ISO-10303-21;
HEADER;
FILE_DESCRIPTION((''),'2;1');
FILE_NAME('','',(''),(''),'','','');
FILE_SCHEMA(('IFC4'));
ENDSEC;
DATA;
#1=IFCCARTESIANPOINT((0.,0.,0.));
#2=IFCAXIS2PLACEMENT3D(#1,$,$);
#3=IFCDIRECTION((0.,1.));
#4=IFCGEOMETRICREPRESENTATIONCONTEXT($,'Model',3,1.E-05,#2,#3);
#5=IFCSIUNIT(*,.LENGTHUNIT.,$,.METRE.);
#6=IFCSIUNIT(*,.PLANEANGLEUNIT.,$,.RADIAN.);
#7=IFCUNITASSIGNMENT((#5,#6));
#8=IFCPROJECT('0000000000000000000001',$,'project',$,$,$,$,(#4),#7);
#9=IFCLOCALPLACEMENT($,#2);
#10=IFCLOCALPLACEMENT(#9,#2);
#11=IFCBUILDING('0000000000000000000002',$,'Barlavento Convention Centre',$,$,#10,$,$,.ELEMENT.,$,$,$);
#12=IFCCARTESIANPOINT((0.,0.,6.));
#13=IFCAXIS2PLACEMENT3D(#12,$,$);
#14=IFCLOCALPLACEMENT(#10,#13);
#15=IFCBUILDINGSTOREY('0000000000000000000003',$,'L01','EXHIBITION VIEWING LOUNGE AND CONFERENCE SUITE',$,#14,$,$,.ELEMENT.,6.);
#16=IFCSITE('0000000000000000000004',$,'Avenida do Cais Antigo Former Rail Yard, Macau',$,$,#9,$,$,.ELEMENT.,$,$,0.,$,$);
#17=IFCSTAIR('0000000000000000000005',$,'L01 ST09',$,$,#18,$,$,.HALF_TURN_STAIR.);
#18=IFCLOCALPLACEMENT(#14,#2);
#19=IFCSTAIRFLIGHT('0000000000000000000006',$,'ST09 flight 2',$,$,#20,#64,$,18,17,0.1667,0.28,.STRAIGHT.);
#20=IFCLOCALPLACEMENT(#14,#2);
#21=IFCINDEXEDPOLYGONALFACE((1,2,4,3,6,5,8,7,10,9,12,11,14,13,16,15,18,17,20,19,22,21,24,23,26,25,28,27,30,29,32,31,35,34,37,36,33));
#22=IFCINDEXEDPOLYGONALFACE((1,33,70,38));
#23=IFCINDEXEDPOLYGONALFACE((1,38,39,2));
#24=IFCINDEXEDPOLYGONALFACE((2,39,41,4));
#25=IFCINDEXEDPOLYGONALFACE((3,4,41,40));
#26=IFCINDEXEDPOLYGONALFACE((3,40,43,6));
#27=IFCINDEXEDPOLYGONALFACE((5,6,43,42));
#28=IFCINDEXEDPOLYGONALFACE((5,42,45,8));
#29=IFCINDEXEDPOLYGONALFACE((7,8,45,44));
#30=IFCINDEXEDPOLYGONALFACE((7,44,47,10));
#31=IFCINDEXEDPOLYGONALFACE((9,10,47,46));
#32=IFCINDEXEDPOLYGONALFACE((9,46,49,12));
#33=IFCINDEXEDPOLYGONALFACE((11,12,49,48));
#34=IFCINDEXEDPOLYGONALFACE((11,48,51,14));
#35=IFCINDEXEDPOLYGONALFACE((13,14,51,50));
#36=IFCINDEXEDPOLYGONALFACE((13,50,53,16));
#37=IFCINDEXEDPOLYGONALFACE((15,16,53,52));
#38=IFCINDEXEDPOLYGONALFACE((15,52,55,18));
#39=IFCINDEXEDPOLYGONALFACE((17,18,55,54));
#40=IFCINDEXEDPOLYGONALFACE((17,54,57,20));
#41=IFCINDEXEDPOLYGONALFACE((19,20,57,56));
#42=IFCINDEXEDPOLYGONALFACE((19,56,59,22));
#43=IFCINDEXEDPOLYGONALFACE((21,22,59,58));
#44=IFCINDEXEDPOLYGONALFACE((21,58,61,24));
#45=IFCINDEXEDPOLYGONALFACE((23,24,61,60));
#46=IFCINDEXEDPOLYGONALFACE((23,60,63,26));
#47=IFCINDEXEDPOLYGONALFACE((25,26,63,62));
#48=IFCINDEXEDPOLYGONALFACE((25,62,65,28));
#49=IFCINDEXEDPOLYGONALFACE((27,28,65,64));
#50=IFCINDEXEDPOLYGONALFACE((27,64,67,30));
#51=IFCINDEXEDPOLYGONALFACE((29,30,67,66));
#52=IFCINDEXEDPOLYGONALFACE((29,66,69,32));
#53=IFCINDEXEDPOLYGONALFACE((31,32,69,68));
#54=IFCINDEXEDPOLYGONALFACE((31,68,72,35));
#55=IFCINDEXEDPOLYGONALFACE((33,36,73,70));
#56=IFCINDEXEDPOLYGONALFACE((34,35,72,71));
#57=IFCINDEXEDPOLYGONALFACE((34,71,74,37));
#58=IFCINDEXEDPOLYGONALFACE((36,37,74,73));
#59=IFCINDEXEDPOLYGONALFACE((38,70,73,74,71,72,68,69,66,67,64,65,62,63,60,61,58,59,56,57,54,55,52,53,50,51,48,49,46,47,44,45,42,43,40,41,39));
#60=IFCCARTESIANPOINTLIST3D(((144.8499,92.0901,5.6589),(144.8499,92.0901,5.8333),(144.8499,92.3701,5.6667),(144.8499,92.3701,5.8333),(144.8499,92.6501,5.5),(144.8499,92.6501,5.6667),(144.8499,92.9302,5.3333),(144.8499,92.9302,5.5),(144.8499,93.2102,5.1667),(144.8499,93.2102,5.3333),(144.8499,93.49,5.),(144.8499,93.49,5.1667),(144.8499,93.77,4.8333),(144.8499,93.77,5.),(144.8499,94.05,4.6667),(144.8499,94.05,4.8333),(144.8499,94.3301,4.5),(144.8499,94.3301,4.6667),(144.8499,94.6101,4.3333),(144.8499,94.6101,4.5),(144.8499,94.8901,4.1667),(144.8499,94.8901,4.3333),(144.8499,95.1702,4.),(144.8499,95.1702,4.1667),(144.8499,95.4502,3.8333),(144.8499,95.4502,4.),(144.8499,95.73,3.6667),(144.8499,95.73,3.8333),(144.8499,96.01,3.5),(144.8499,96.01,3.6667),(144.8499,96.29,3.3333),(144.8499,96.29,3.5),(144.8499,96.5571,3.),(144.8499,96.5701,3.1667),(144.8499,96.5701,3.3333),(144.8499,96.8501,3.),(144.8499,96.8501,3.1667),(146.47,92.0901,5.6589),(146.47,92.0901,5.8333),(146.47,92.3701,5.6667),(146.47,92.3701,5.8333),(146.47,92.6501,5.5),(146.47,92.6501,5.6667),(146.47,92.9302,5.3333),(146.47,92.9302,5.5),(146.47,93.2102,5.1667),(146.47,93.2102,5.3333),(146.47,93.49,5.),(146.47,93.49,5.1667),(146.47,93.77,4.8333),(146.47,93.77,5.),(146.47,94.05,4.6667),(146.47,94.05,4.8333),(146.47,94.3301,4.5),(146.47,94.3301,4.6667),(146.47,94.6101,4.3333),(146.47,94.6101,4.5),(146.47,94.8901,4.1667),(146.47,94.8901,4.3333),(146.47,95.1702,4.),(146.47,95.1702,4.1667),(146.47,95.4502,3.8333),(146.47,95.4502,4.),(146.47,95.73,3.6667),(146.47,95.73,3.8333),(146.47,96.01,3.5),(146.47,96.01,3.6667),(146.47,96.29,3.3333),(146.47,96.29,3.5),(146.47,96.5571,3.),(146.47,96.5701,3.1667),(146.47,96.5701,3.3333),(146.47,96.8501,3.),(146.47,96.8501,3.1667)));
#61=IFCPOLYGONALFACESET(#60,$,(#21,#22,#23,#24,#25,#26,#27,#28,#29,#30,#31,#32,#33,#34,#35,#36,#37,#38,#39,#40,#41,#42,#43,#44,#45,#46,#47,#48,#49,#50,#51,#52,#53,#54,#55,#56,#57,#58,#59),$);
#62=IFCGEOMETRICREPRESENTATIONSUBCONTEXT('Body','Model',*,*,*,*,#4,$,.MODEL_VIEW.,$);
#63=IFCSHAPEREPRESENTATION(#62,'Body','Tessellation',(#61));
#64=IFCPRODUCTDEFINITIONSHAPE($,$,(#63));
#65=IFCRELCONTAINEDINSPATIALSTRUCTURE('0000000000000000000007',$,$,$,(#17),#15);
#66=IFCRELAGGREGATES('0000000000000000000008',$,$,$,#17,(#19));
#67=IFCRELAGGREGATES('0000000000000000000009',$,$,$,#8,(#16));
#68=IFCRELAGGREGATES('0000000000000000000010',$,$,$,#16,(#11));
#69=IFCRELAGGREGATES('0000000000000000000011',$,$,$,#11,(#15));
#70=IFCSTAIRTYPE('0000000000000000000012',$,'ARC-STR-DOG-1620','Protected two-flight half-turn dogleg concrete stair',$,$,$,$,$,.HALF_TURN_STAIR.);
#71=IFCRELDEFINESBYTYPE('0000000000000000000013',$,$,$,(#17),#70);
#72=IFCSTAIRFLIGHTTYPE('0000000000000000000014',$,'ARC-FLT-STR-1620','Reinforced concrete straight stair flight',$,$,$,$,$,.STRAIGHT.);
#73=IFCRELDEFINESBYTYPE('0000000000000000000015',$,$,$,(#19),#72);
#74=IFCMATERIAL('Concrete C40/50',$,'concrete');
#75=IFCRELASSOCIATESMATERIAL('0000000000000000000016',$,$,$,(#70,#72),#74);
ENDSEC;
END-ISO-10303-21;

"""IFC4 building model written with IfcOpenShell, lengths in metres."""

from ifc_helpers import new_model, si_unit, direction, frame, origin, place, context, subcontext, project, spatial, polyline, outline, extrude, material, type_object, element, aggregate, save


model = new_model("IFC4")

# Units and contexts
model_context = context("Model", 3, precision=1e-05, world=origin(), true_north=direction((0.0, 1.0)))
body_context = subcontext(model_context, "Body", "Model", "MODEL_VIEW")
ifc_project = project(units=[si_unit("LENGTHUNIT", "METRE"), si_unit("PLANEANGLEUNIT", "RADIAN")], contexts=[model_context])

# Site, building, storey
site_placement = place(None, origin())
site = spatial("IfcSite", under=ifc_project, at=site_placement, Name="Avenida do Cais Antigo Former Rail Yard, Macau", CompositionType="ELEMENT", RefElevation=0.0)
building_placement = place(site_placement, origin())
building = spatial("IfcBuilding", under=site, at=building_placement, Name="Barlavento Convention Centre", CompositionType="ELEMENT")
storey_placement = place(building_placement, frame((0.0, 0.0, 6.0)))
storey = spatial("IfcBuildingStorey", under=building, at=storey_placement, Name="L01", Description="EXHIBITION VIEWING LOUNGE AND CONFERENCE SUITE", CompositionType="ELEMENT", Elevation=6.0)

# Stair, stair flight
ifc_material_1 = material(Name="Concrete C40/50", Category="concrete")
stair_type = type_object("IfcStairType", Name="ARC-STR-DOG-1620", Description="Protected two-flight half-turn dogleg concrete stair", PredefinedType="HALF_TURN_STAIR", material=ifc_material_1)
stair_placement = place(storey_placement, origin())
stair = element("IfcStair", 1, at=stair_placement, inside=storey, type_object=stair_type, Name="L01 ST09", PredefinedType="HALF_TURN_STAIR")
stair_flight_type = type_object("IfcStairFlightType", Name="ARC-FLT-STR-1620", Description="Reinforced concrete straight stair flight", PredefinedType="STRAIGHT", material=ifc_material_1)
stair_flight_1_placement = place(storey_placement, frame((145.6599, 96.8501, 3.0), z_axis=(0.0, 0.0, 1.0), x_axis=(0.0, -1.0, 0.0)))
stair_flight_1 = element("IfcStairFlight", 2, at=stair_flight_1_placement, type_object=stair_flight_type, Name="ST09 flight 2", NumberOfRisers=18, NumberOfTreads=17, PredefinedType="STRAIGHT", RiserHeight=0.1667, TreadLength=0.28, context=body_context, shape_type="SweptSolid", body=[
    extrude(outline(polyline([(0.0, 0.0), (0.0, 0.1667), (0.28, 0.1667), (0.28, 0.3333), (0.5601, 0.3333), (0.5601, 0.5), (0.8401, 0.5), (0.8401, 0.6667), (1.1201, 0.6667), (1.1201, 0.8333), (1.3999, 0.8333), (1.3999, 1.0), (1.6799, 1.0), (1.6799, 1.1667), (1.96, 1.1667), (1.96, 1.3333), (2.24, 1.3333), (2.24, 1.5), (2.52, 1.5), (2.52, 1.6667), (2.8, 1.6667), (2.8, 1.8333), (3.0801, 1.8333), (3.0801, 2.0), (3.3601, 2.0), (3.3601, 2.1667), (3.6399, 2.1667), (3.6399, 2.3333), (3.9199, 2.3333), (3.9199, 2.5), (4.2, 2.5), (4.2, 2.6667), (4.48, 2.6667), (4.48, 2.8333), (4.76, 2.8333), (4.76, 3.0), (4.76, 2.6589), (0.293, 0.0), (0.0, 0.0)])), frame((0.0, 0.8101, 0.0), z_axis=(0.0, -1.0, 0.0), x_axis=(1.0, 0.0, 0.0)), (0.0, 0.0, 1.0), 1.6201),
])
aggregate(stair, [stair_flight_1])

save(model, "model.ifc")
